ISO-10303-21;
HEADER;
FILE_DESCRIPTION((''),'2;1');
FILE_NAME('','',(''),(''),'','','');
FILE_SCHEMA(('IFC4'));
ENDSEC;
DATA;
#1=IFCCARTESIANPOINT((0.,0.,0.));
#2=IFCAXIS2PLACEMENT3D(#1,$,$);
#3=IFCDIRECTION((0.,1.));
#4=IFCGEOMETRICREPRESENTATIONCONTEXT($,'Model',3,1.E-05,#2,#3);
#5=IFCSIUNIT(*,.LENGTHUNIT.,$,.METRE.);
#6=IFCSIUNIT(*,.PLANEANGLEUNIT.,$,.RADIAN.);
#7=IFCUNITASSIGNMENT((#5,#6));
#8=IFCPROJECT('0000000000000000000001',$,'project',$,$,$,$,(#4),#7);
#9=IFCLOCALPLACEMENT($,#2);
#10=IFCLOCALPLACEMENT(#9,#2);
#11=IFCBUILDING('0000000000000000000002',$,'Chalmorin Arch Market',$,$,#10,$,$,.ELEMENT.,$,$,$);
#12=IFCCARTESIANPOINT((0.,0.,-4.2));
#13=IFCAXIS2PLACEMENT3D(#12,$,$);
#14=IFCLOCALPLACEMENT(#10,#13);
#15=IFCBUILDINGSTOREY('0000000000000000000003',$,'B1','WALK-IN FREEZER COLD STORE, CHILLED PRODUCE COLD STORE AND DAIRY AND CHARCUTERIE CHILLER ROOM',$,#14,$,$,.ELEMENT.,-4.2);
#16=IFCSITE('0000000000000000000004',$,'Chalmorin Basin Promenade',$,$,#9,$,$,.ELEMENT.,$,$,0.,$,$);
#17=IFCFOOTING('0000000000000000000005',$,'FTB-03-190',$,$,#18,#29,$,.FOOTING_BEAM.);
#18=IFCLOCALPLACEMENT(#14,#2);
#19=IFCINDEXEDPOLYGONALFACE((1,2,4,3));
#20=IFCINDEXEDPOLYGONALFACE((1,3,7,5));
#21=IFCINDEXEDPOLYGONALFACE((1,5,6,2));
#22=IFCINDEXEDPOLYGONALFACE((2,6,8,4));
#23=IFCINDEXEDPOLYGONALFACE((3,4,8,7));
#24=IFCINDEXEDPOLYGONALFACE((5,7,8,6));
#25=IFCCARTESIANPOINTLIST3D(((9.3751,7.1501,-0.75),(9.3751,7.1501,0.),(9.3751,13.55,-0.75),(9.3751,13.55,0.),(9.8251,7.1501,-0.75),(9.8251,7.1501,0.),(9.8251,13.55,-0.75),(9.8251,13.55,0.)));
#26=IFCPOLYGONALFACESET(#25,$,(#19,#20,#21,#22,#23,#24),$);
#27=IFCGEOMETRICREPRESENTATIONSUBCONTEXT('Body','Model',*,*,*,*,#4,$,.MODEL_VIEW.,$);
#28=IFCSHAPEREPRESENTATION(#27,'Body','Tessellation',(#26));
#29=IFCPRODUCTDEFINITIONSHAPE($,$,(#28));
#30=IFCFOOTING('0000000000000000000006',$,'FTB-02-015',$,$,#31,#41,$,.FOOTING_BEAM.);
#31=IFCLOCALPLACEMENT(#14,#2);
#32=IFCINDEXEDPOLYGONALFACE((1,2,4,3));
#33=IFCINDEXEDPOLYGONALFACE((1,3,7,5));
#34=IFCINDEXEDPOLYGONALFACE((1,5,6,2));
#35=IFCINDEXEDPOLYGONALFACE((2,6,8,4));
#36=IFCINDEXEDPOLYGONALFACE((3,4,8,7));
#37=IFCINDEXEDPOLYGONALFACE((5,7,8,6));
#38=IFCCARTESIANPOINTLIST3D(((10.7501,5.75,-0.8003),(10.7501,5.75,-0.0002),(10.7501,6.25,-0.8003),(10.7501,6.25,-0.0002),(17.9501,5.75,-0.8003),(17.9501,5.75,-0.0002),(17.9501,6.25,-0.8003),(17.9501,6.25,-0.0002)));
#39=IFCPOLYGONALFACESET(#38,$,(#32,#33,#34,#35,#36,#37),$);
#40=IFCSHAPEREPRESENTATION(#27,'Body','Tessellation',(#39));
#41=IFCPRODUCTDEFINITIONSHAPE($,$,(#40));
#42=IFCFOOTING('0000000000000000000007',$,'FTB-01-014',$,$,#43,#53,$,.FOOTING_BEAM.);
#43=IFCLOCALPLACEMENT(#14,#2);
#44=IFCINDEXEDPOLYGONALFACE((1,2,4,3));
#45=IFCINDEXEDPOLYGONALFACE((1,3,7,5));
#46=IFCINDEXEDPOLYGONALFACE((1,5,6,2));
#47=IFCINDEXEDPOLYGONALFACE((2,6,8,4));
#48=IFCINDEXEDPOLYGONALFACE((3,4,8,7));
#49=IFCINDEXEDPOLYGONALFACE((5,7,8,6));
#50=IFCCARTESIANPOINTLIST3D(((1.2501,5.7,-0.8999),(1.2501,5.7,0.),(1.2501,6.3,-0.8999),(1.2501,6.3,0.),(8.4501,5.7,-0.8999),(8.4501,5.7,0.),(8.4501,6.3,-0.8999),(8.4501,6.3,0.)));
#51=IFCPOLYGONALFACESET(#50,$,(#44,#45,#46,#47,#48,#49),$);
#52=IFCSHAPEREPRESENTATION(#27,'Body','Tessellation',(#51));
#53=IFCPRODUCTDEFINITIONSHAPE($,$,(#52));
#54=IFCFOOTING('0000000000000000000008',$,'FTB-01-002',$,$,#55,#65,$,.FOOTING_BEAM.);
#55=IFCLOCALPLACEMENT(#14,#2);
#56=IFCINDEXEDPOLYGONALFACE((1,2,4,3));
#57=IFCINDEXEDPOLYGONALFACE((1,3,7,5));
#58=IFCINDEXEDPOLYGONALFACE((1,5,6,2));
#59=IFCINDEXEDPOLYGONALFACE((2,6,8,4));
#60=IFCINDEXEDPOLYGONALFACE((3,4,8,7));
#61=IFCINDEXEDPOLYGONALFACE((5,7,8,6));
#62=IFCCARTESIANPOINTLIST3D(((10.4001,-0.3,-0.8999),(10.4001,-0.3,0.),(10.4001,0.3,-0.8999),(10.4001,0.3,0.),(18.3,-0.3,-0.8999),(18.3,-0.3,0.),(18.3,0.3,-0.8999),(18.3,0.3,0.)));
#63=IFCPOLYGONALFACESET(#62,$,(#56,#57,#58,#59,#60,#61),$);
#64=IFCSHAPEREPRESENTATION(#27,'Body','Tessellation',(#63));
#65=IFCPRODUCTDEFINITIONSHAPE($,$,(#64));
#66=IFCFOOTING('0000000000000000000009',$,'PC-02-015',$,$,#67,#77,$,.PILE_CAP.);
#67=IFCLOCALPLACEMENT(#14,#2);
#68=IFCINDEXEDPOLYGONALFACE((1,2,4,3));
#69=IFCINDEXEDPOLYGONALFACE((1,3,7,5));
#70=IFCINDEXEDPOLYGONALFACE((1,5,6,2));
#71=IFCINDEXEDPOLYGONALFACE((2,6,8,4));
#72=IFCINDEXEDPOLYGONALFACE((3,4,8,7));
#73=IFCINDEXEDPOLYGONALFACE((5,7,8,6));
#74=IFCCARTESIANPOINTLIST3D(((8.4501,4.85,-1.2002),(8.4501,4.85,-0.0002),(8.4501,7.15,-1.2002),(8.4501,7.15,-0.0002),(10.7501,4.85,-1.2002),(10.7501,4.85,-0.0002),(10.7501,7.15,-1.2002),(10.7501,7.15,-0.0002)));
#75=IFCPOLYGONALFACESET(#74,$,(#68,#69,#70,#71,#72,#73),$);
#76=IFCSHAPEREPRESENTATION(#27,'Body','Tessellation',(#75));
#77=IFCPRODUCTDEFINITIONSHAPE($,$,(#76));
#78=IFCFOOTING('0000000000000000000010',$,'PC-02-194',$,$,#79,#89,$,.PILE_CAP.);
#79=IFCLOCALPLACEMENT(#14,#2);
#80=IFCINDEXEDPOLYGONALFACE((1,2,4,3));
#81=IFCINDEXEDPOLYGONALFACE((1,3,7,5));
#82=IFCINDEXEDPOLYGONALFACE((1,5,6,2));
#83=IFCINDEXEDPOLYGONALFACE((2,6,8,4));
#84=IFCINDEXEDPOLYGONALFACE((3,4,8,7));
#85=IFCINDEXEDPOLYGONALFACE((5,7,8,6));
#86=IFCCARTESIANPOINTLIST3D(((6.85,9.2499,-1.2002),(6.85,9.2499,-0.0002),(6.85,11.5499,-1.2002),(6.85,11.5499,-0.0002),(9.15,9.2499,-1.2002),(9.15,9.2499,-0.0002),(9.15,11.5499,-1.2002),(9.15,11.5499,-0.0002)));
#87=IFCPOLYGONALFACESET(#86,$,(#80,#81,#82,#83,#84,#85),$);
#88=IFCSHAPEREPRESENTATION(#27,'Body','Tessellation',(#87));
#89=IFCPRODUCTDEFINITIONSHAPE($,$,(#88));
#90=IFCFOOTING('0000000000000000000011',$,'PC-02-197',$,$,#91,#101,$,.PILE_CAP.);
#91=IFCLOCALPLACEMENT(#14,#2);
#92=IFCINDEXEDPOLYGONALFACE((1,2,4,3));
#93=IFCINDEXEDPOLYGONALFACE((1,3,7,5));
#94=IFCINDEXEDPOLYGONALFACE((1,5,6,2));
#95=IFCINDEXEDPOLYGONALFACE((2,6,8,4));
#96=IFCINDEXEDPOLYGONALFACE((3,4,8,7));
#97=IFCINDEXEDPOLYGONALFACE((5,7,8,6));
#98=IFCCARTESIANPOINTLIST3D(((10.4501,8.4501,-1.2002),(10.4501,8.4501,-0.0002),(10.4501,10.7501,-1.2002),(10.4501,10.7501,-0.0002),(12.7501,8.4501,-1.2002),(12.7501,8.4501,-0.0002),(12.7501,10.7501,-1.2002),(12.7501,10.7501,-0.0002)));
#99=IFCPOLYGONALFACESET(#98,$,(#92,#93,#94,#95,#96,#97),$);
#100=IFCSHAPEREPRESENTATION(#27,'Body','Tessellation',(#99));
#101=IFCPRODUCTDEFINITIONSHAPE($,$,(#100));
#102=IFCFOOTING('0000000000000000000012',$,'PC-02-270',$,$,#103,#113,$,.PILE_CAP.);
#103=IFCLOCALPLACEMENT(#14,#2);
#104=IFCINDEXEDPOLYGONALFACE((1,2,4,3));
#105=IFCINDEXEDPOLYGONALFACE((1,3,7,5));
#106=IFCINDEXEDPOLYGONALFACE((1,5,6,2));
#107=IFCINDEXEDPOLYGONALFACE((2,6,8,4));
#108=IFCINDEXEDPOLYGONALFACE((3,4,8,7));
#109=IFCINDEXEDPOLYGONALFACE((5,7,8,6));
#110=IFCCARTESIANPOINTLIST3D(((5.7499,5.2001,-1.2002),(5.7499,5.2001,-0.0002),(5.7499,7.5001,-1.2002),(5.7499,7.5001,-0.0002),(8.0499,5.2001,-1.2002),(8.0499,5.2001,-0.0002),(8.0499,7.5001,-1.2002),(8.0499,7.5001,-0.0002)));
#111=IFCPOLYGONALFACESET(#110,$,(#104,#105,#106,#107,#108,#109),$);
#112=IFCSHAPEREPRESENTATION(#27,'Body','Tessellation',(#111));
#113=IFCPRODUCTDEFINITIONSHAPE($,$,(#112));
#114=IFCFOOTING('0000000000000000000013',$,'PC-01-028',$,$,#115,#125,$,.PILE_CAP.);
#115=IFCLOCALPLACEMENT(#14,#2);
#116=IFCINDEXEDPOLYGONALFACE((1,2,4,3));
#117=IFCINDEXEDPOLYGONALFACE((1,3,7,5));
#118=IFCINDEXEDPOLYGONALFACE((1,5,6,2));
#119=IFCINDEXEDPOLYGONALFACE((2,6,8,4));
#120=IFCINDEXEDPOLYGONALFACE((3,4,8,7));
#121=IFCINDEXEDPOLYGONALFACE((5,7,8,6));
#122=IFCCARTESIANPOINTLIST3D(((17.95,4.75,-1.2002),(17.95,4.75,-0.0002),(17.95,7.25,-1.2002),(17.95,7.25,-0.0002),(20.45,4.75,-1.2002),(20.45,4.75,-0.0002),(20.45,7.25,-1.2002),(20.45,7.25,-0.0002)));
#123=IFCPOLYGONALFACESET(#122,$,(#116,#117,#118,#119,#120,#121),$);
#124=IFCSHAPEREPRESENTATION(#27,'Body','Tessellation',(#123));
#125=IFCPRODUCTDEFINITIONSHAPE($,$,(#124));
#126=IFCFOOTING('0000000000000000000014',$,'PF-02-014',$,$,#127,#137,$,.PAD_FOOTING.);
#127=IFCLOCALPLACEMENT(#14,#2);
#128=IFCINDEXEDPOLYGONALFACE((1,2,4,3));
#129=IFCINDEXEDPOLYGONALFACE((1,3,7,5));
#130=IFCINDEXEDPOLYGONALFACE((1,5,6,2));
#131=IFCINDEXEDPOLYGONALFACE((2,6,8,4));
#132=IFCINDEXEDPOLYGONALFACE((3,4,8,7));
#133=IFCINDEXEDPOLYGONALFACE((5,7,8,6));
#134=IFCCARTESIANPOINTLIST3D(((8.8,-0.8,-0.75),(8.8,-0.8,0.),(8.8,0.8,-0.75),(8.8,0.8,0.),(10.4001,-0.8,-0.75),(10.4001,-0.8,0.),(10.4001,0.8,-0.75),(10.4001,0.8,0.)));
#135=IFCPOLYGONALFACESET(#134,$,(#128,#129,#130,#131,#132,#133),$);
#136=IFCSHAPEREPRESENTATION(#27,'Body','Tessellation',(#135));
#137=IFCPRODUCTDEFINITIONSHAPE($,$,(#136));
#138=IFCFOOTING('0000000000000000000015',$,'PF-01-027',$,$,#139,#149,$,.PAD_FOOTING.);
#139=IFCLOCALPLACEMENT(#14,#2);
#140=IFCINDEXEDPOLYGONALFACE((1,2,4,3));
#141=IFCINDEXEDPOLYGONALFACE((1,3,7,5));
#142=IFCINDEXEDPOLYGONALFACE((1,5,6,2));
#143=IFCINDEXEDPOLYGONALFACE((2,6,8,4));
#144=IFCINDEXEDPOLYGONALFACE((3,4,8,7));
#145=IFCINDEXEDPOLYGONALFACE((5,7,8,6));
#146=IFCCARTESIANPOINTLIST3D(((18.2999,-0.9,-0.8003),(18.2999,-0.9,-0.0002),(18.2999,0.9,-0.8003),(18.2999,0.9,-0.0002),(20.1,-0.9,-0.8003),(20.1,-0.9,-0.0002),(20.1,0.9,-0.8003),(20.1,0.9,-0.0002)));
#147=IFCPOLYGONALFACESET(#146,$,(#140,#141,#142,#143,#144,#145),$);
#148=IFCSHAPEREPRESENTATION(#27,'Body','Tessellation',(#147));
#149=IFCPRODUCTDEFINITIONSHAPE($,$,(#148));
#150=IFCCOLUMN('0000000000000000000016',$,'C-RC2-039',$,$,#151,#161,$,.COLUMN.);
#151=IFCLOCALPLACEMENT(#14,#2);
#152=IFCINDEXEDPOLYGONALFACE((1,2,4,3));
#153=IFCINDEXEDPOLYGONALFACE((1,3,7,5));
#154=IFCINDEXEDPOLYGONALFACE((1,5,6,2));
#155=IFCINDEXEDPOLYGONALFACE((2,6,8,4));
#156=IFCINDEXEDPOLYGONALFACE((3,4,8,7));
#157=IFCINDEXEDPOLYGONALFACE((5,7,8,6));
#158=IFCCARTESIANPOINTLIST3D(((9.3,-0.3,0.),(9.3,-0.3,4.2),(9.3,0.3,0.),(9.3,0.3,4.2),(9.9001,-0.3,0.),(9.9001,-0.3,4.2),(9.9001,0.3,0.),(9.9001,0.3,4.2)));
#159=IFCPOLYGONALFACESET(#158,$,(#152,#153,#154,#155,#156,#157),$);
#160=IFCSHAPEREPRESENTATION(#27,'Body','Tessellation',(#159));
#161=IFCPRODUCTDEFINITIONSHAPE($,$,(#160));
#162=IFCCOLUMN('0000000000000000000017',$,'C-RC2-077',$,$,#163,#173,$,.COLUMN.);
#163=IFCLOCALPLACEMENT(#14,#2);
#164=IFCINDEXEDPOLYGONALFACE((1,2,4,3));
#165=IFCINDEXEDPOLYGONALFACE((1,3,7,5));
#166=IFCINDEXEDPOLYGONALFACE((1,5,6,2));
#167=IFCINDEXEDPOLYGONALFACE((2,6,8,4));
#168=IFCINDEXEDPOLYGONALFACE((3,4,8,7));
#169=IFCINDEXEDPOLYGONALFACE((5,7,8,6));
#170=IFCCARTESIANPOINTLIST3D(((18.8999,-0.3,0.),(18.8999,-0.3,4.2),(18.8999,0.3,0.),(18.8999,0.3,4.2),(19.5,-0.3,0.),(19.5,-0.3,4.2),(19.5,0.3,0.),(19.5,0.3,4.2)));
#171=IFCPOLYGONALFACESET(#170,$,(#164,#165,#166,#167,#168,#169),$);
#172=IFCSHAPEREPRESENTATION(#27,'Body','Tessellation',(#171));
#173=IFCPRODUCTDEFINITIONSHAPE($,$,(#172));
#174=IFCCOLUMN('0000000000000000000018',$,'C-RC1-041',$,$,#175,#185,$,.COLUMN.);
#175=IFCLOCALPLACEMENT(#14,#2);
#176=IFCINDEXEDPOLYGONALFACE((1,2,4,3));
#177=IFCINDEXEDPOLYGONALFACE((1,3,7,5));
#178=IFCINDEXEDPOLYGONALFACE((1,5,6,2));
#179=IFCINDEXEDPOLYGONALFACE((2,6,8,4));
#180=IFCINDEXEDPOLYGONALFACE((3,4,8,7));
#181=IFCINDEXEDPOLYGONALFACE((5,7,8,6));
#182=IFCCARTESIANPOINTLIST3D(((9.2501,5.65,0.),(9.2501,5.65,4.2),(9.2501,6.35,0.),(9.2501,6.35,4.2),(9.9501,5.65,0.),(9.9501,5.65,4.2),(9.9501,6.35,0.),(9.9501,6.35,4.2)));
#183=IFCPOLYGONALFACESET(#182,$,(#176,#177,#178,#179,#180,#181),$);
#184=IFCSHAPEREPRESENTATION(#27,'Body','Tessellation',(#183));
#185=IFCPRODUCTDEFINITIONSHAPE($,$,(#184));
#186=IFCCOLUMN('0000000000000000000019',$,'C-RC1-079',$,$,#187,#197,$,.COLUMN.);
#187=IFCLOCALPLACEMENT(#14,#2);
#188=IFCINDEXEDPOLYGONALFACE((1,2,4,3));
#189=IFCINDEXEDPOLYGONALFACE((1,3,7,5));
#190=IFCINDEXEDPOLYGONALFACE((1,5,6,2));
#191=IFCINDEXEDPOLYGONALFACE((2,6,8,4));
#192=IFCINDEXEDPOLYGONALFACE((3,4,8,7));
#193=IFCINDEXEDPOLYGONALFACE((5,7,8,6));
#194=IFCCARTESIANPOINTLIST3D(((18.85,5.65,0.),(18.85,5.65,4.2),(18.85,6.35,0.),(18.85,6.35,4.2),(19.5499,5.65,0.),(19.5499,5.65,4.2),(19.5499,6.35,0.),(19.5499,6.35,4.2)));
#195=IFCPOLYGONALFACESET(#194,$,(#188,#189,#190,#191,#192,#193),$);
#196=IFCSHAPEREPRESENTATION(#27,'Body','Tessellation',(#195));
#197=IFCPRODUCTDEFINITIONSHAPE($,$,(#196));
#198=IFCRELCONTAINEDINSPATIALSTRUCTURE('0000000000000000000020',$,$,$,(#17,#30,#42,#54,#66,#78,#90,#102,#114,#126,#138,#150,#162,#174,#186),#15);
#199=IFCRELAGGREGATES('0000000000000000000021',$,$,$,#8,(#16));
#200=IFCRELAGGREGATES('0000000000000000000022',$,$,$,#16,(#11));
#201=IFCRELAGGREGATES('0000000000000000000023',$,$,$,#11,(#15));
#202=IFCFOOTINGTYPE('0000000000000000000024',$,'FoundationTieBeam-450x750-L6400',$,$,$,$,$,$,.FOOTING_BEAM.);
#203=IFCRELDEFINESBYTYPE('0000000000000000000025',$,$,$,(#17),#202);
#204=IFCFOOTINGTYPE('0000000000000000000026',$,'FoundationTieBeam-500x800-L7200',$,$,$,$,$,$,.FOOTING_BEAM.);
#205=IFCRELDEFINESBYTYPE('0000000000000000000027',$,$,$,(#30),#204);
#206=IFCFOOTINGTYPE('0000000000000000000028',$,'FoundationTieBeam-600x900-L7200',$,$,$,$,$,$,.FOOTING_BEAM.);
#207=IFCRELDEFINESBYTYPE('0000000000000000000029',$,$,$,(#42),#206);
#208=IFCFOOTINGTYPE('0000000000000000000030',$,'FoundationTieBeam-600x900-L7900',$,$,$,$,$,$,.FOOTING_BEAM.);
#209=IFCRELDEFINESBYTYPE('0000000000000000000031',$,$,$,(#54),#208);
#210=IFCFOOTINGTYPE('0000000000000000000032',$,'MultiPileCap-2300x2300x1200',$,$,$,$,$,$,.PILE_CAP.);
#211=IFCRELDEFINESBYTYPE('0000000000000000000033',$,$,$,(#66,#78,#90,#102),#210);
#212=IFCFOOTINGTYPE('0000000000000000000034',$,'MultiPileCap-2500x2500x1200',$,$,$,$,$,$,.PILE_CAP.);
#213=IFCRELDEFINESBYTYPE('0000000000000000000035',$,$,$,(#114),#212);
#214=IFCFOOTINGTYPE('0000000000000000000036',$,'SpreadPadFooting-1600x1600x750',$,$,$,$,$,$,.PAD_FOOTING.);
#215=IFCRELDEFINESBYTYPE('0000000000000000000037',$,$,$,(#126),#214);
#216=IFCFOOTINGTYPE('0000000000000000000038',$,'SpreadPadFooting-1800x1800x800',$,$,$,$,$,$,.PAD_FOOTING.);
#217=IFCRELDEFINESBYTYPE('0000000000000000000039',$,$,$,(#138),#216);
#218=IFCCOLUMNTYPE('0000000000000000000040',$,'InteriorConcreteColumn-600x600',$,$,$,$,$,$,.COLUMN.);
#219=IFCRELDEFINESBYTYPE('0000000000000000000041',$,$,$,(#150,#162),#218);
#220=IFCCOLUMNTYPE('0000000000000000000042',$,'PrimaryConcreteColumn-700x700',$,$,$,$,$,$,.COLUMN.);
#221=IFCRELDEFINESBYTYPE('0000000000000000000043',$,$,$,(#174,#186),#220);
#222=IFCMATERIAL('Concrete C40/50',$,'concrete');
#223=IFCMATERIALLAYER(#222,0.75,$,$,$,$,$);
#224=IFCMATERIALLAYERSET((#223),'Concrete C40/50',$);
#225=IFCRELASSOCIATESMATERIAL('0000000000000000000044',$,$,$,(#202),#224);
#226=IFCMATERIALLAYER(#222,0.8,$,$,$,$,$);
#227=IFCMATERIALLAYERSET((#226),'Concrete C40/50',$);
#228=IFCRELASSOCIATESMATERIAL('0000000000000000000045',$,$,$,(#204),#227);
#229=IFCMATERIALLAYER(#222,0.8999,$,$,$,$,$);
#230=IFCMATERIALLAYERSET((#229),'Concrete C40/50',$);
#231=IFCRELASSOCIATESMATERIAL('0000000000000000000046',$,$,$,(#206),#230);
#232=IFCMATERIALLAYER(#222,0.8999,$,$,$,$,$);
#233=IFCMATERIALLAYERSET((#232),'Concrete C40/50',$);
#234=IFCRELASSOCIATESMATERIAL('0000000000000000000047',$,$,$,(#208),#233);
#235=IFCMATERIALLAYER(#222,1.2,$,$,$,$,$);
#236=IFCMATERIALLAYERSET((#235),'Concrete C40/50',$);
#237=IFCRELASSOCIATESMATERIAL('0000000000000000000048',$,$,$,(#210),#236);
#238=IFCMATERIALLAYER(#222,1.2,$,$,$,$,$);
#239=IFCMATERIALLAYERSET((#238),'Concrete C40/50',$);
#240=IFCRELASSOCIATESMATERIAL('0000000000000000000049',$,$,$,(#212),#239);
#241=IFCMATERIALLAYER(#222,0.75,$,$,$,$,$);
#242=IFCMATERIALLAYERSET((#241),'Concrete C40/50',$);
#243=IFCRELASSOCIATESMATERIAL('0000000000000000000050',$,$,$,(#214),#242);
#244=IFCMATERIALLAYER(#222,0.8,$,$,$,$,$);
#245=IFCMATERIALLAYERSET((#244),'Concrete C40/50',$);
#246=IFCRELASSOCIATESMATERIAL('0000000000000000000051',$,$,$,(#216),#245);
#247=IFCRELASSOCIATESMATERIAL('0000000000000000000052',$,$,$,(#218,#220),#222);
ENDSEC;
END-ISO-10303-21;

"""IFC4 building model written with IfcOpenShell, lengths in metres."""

from ifc_helpers import new_model, si_unit, direction, frame, origin, origin_2d, place, context, subcontext, project, spatial, rectangle, extrude, material, layer, layer_set, material_profile, profile_set, type_object, element, save


model = new_model("IFC4")

# Units and contexts
model_context = context("Model", 3, precision=1e-05, world=origin(), true_north=direction((0.0, 1.0)))
body_context = subcontext(model_context, "Body", "Model", "MODEL_VIEW")
ifc_project = project(units=[si_unit("LENGTHUNIT", "METRE"), si_unit("PLANEANGLEUNIT", "RADIAN")], contexts=[model_context])

# Site, building, storey
site_placement = place(None, origin())
site = spatial("IfcSite", under=ifc_project, at=site_placement, Name="Chalmorin Basin Promenade", CompositionType="ELEMENT", RefElevation=0.0)
building_placement = place(site_placement, origin())
building = spatial("IfcBuilding", under=site, at=building_placement, Name="Chalmorin Arch Market", CompositionType="ELEMENT")
storey_placement = place(building_placement, frame((0.0, 0.0, -4.2)))
storey = spatial("IfcBuildingStorey", under=building, at=storey_placement, Name="B1", Description="WALK-IN FREEZER COLD STORE, CHILLED PRODUCE COLD STORE AND DAIRY AND CHARCUTERIE CHILLER ROOM", CompositionType="ELEMENT", Elevation=-4.2)

# Footings
ifc_material_1 = material(Name="Concrete C40/50", Category="concrete")
ifc_layer_1 = layer(ifc_material_1, 0.75)
ifc_layer_set_1 = layer_set([ifc_layer_1], Name="Concrete C40/50")
footing_type_1 = type_object("IfcFootingType", Name="FoundationTieBeam-450x750-L6400", PredefinedType="FOOTING_BEAM", material=ifc_layer_set_1)
footing_1_placement = place(storey_placement, frame((9.6001, 10.3501, -0.75), z_axis=(0.0, 0.0, 1.0), x_axis=(0.0, 1.0, 0.0)))
element("IfcFooting", 1, at=footing_1_placement, inside=storey, type_object=footing_type_1, Name="FTB-03-190", PredefinedType="FOOTING_BEAM", context=body_context, shape_type="SweptSolid", body=[
    extrude(rectangle(XDim=6.3999, YDim=0.45, at=origin_2d()), origin(), (0.0, 0.0, 1.0), 0.75),
])
ifc_layer_2 = layer(ifc_material_1, 0.8)
ifc_layer_set_2 = layer_set([ifc_layer_2], Name="Concrete C40/50")
footing_type_2 = type_object("IfcFootingType", Name="FoundationTieBeam-500x800-L7200", PredefinedType="FOOTING_BEAM", material=ifc_layer_set_2)
footing_2_placement = place(storey_placement, frame((14.3501, 6.0, -0.8003), z_axis=(0.0, 0.0, 1.0), x_axis=(1.0, 0.0, 0.0)))
element("IfcFooting", 2, at=footing_2_placement, inside=storey, type_object=footing_type_2, Name="FTB-02-015", PredefinedType="FOOTING_BEAM", context=body_context, shape_type="SweptSolid", body=[
    extrude(rectangle(XDim=7.2, YDim=0.5, at=origin_2d()), origin(), (0.0, 0.0, 1.0), 0.8),
])
ifc_layer_3 = layer(ifc_material_1, 0.8999)
ifc_layer_set_3 = layer_set([ifc_layer_3], Name="Concrete C40/50")
footing_type_3 = type_object("IfcFootingType", Name="FoundationTieBeam-600x900-L7200", PredefinedType="FOOTING_BEAM", material=ifc_layer_set_3)
footing_3_placement = place(storey_placement, frame((4.8501, 6.0, -0.8999), z_axis=(0.0, 0.0, 1.0), x_axis=(1.0, 0.0, 0.0)))
element("IfcFooting", 3, at=footing_3_placement, inside=storey, type_object=footing_type_3, Name="FTB-01-014", PredefinedType="FOOTING_BEAM", context=body_context, shape_type="SweptSolid", body=[
    extrude(rectangle(XDim=7.2, YDim=0.6001, at=origin_2d()), origin(), (0.0, 0.0, 1.0), 0.8999),
])
ifc_layer_4 = layer(ifc_material_1, 0.8999)
ifc_layer_set_4 = layer_set([ifc_layer_4], Name="Concrete C40/50")
footing_type_4 = type_object("IfcFootingType", Name="FoundationTieBeam-600x900-L7900", PredefinedType="FOOTING_BEAM", material=ifc_layer_set_4)
footing_4_placement = place(storey_placement, frame((14.3501, 0.0, -0.8999), z_axis=(0.0, 0.0, 1.0), x_axis=(1.0, 0.0, 0.0)))
element("IfcFooting", 4, at=footing_4_placement, inside=storey, type_object=footing_type_4, Name="FTB-01-002", PredefinedType="FOOTING_BEAM", context=body_context, shape_type="SweptSolid", body=[
    extrude(rectangle(XDim=7.8999, YDim=0.6001, at=origin_2d()), origin(), (0.0, 0.0, 1.0), 0.8999),
])
ifc_layer_5 = layer(ifc_material_1, 1.2)
ifc_layer_set_5 = layer_set([ifc_layer_5], Name="Concrete C40/50")
footing_type_5 = type_object("IfcFootingType", Name="MultiPileCap-2300x2300x1200", PredefinedType="PILE_CAP", material=ifc_layer_set_5)
for number, where, z_axis, x_axis, name in (
    (5, (9.6001, 6.0, -1.2002), (0.0, 0.0, 1.0), (1.0, 0.0, 0.0), "PC-02-015"),
    (6, (8.0, 10.3999, -1.2002), (0.0, 0.0, 1.0), (1.0, 0.0, 0.0), "PC-02-194"),
    (7, (11.6001, 9.6001, -1.2002), (0.0, 0.0, 1.0), (1.0, 0.0, 0.0), "PC-02-197"),
    (8, (6.8999, 6.3501, -1.2002), (0.0, 0.0, 1.0), (1.0, 0.0, 0.0), "PC-02-270"),
):
    element("IfcFooting", number, at=place(storey_placement, frame(where, z_axis=z_axis, x_axis=x_axis)), inside=storey, type_object=footing_type_5, Name=name, PredefinedType="PILE_CAP", context=body_context, shape_type="SweptSolid", body=[
        extrude(rectangle(XDim=2.3, YDim=2.3, at=origin_2d()), origin(), (0.0, 0.0, 1.0), 1.2),
    ])
ifc_layer_6 = layer(ifc_material_1, 1.2)
ifc_layer_set_6 = layer_set([ifc_layer_6], Name="Concrete C40/50")
footing_type_6 = type_object("IfcFootingType", Name="MultiPileCap-2500x2500x1200", PredefinedType="PILE_CAP", material=ifc_layer_set_6)
footing_5_placement = place(storey_placement, frame((19.2, 6.0, -1.2002), z_axis=(0.0, 0.0, 1.0), x_axis=(1.0, 0.0, 0.0)))
element("IfcFooting", 9, at=footing_5_placement, inside=storey, type_object=footing_type_6, Name="PC-01-028", PredefinedType="PILE_CAP", context=body_context, shape_type="SweptSolid", body=[
    extrude(rectangle(XDim=2.5, YDim=2.5, at=origin_2d()), origin(), (0.0, 0.0, 1.0), 1.2),
])
ifc_layer_7 = layer(ifc_material_1, 0.75)
ifc_layer_set_7 = layer_set([ifc_layer_7], Name="Concrete C40/50")
footing_type_7 = type_object("IfcFootingType", Name="SpreadPadFooting-1600x1600x750", PredefinedType="PAD_FOOTING", material=ifc_layer_set_7)
footing_6_placement = place(storey_placement, frame((9.6001, 0.0, -0.75), z_axis=(0.0, 0.0, 1.0), x_axis=(1.0, 0.0, 0.0)))
element("IfcFooting", 10, at=footing_6_placement, inside=storey, type_object=footing_type_7, Name="PF-02-014", PredefinedType="PAD_FOOTING", context=body_context, shape_type="SweptSolid", body=[
    extrude(rectangle(XDim=1.6001, YDim=1.6001, at=origin_2d()), origin(), (0.0, 0.0, 1.0), 0.75),
])
ifc_layer_8 = layer(ifc_material_1, 0.8)
ifc_layer_set_8 = layer_set([ifc_layer_8], Name="Concrete C40/50")
footing_type_8 = type_object("IfcFootingType", Name="SpreadPadFooting-1800x1800x800", PredefinedType="PAD_FOOTING", material=ifc_layer_set_8)
footing_7_placement = place(storey_placement, frame((19.2, 0.0, -0.8003), z_axis=(0.0, 0.0, 1.0), x_axis=(1.0, 0.0, 0.0)))
element("IfcFooting", 11, at=footing_7_placement, inside=storey, type_object=footing_type_8, Name="PF-01-027", PredefinedType="PAD_FOOTING", context=body_context, shape_type="SweptSolid", body=[
    extrude(rectangle(XDim=1.8, YDim=1.8, at=origin_2d()), origin(), (0.0, 0.0, 1.0), 0.8),
])

# Columns
ifc_material_profile_1 = material_profile(ifc_material_1, rectangle(XDim=0.6001, YDim=0.6001, at=origin_2d()), Name="RC600X600")
ifc_profile_set_1 = profile_set([ifc_material_profile_1], Name="Concrete C40/50")
column_type_1 = type_object("IfcColumnType", Name="InteriorConcreteColumn-600x600", PredefinedType="COLUMN", material=ifc_profile_set_1)
for number, where, z_axis, x_axis, name in (
    (12, (9.6001, 0.0, 0.0), (0.0, 0.0, 1.0), (1.0, 0.0, 0.0), "C-RC2-039"),
    (13, (19.2, 0.0, 0.0), (0.0, 0.0, 1.0), (1.0, 0.0, 0.0), "C-RC2-077"),
):
    element("IfcColumn", number, at=place(storey_placement, frame(where, z_axis=z_axis, x_axis=x_axis)), inside=storey, type_object=column_type_1, Name=name, PredefinedType="COLUMN", context=body_context, shape_type="SweptSolid", body=[
        extrude(rectangle(XDim=0.6001, YDim=0.6001, at=origin_2d()), origin(), (0.0, 0.0, 1.0), 4.2),
    ])
ifc_material_profile_2 = material_profile(ifc_material_1, rectangle(XDim=0.7, YDim=0.7, at=origin_2d()), Name="RC700X700")
ifc_profile_set_2 = profile_set([ifc_material_profile_2], Name="Concrete C40/50")
column_type_2 = type_object("IfcColumnType", Name="PrimaryConcreteColumn-700x700", PredefinedType="COLUMN", material=ifc_profile_set_2)
for number, where, z_axis, x_axis, name in (
    (14, (9.6001, 6.0, 0.0), (0.0, 0.0, 1.0), (1.0, 0.0, 0.0), "C-RC1-041"),
    (15, (19.2, 6.0, 0.0), (0.0, 0.0, 1.0), (1.0, 0.0, 0.0), "C-RC1-079"),
):
    element("IfcColumn", number, at=place(storey_placement, frame(where, z_axis=z_axis, x_axis=x_axis)), inside=storey, type_object=column_type_2, Name=name, PredefinedType="COLUMN", context=body_context, shape_type="SweptSolid", body=[
        extrude(rectangle(XDim=0.7, YDim=0.7, at=origin_2d()), origin(), (0.0, 0.0, 1.0), 4.2),
    ])

save(model, "model.ifc")
